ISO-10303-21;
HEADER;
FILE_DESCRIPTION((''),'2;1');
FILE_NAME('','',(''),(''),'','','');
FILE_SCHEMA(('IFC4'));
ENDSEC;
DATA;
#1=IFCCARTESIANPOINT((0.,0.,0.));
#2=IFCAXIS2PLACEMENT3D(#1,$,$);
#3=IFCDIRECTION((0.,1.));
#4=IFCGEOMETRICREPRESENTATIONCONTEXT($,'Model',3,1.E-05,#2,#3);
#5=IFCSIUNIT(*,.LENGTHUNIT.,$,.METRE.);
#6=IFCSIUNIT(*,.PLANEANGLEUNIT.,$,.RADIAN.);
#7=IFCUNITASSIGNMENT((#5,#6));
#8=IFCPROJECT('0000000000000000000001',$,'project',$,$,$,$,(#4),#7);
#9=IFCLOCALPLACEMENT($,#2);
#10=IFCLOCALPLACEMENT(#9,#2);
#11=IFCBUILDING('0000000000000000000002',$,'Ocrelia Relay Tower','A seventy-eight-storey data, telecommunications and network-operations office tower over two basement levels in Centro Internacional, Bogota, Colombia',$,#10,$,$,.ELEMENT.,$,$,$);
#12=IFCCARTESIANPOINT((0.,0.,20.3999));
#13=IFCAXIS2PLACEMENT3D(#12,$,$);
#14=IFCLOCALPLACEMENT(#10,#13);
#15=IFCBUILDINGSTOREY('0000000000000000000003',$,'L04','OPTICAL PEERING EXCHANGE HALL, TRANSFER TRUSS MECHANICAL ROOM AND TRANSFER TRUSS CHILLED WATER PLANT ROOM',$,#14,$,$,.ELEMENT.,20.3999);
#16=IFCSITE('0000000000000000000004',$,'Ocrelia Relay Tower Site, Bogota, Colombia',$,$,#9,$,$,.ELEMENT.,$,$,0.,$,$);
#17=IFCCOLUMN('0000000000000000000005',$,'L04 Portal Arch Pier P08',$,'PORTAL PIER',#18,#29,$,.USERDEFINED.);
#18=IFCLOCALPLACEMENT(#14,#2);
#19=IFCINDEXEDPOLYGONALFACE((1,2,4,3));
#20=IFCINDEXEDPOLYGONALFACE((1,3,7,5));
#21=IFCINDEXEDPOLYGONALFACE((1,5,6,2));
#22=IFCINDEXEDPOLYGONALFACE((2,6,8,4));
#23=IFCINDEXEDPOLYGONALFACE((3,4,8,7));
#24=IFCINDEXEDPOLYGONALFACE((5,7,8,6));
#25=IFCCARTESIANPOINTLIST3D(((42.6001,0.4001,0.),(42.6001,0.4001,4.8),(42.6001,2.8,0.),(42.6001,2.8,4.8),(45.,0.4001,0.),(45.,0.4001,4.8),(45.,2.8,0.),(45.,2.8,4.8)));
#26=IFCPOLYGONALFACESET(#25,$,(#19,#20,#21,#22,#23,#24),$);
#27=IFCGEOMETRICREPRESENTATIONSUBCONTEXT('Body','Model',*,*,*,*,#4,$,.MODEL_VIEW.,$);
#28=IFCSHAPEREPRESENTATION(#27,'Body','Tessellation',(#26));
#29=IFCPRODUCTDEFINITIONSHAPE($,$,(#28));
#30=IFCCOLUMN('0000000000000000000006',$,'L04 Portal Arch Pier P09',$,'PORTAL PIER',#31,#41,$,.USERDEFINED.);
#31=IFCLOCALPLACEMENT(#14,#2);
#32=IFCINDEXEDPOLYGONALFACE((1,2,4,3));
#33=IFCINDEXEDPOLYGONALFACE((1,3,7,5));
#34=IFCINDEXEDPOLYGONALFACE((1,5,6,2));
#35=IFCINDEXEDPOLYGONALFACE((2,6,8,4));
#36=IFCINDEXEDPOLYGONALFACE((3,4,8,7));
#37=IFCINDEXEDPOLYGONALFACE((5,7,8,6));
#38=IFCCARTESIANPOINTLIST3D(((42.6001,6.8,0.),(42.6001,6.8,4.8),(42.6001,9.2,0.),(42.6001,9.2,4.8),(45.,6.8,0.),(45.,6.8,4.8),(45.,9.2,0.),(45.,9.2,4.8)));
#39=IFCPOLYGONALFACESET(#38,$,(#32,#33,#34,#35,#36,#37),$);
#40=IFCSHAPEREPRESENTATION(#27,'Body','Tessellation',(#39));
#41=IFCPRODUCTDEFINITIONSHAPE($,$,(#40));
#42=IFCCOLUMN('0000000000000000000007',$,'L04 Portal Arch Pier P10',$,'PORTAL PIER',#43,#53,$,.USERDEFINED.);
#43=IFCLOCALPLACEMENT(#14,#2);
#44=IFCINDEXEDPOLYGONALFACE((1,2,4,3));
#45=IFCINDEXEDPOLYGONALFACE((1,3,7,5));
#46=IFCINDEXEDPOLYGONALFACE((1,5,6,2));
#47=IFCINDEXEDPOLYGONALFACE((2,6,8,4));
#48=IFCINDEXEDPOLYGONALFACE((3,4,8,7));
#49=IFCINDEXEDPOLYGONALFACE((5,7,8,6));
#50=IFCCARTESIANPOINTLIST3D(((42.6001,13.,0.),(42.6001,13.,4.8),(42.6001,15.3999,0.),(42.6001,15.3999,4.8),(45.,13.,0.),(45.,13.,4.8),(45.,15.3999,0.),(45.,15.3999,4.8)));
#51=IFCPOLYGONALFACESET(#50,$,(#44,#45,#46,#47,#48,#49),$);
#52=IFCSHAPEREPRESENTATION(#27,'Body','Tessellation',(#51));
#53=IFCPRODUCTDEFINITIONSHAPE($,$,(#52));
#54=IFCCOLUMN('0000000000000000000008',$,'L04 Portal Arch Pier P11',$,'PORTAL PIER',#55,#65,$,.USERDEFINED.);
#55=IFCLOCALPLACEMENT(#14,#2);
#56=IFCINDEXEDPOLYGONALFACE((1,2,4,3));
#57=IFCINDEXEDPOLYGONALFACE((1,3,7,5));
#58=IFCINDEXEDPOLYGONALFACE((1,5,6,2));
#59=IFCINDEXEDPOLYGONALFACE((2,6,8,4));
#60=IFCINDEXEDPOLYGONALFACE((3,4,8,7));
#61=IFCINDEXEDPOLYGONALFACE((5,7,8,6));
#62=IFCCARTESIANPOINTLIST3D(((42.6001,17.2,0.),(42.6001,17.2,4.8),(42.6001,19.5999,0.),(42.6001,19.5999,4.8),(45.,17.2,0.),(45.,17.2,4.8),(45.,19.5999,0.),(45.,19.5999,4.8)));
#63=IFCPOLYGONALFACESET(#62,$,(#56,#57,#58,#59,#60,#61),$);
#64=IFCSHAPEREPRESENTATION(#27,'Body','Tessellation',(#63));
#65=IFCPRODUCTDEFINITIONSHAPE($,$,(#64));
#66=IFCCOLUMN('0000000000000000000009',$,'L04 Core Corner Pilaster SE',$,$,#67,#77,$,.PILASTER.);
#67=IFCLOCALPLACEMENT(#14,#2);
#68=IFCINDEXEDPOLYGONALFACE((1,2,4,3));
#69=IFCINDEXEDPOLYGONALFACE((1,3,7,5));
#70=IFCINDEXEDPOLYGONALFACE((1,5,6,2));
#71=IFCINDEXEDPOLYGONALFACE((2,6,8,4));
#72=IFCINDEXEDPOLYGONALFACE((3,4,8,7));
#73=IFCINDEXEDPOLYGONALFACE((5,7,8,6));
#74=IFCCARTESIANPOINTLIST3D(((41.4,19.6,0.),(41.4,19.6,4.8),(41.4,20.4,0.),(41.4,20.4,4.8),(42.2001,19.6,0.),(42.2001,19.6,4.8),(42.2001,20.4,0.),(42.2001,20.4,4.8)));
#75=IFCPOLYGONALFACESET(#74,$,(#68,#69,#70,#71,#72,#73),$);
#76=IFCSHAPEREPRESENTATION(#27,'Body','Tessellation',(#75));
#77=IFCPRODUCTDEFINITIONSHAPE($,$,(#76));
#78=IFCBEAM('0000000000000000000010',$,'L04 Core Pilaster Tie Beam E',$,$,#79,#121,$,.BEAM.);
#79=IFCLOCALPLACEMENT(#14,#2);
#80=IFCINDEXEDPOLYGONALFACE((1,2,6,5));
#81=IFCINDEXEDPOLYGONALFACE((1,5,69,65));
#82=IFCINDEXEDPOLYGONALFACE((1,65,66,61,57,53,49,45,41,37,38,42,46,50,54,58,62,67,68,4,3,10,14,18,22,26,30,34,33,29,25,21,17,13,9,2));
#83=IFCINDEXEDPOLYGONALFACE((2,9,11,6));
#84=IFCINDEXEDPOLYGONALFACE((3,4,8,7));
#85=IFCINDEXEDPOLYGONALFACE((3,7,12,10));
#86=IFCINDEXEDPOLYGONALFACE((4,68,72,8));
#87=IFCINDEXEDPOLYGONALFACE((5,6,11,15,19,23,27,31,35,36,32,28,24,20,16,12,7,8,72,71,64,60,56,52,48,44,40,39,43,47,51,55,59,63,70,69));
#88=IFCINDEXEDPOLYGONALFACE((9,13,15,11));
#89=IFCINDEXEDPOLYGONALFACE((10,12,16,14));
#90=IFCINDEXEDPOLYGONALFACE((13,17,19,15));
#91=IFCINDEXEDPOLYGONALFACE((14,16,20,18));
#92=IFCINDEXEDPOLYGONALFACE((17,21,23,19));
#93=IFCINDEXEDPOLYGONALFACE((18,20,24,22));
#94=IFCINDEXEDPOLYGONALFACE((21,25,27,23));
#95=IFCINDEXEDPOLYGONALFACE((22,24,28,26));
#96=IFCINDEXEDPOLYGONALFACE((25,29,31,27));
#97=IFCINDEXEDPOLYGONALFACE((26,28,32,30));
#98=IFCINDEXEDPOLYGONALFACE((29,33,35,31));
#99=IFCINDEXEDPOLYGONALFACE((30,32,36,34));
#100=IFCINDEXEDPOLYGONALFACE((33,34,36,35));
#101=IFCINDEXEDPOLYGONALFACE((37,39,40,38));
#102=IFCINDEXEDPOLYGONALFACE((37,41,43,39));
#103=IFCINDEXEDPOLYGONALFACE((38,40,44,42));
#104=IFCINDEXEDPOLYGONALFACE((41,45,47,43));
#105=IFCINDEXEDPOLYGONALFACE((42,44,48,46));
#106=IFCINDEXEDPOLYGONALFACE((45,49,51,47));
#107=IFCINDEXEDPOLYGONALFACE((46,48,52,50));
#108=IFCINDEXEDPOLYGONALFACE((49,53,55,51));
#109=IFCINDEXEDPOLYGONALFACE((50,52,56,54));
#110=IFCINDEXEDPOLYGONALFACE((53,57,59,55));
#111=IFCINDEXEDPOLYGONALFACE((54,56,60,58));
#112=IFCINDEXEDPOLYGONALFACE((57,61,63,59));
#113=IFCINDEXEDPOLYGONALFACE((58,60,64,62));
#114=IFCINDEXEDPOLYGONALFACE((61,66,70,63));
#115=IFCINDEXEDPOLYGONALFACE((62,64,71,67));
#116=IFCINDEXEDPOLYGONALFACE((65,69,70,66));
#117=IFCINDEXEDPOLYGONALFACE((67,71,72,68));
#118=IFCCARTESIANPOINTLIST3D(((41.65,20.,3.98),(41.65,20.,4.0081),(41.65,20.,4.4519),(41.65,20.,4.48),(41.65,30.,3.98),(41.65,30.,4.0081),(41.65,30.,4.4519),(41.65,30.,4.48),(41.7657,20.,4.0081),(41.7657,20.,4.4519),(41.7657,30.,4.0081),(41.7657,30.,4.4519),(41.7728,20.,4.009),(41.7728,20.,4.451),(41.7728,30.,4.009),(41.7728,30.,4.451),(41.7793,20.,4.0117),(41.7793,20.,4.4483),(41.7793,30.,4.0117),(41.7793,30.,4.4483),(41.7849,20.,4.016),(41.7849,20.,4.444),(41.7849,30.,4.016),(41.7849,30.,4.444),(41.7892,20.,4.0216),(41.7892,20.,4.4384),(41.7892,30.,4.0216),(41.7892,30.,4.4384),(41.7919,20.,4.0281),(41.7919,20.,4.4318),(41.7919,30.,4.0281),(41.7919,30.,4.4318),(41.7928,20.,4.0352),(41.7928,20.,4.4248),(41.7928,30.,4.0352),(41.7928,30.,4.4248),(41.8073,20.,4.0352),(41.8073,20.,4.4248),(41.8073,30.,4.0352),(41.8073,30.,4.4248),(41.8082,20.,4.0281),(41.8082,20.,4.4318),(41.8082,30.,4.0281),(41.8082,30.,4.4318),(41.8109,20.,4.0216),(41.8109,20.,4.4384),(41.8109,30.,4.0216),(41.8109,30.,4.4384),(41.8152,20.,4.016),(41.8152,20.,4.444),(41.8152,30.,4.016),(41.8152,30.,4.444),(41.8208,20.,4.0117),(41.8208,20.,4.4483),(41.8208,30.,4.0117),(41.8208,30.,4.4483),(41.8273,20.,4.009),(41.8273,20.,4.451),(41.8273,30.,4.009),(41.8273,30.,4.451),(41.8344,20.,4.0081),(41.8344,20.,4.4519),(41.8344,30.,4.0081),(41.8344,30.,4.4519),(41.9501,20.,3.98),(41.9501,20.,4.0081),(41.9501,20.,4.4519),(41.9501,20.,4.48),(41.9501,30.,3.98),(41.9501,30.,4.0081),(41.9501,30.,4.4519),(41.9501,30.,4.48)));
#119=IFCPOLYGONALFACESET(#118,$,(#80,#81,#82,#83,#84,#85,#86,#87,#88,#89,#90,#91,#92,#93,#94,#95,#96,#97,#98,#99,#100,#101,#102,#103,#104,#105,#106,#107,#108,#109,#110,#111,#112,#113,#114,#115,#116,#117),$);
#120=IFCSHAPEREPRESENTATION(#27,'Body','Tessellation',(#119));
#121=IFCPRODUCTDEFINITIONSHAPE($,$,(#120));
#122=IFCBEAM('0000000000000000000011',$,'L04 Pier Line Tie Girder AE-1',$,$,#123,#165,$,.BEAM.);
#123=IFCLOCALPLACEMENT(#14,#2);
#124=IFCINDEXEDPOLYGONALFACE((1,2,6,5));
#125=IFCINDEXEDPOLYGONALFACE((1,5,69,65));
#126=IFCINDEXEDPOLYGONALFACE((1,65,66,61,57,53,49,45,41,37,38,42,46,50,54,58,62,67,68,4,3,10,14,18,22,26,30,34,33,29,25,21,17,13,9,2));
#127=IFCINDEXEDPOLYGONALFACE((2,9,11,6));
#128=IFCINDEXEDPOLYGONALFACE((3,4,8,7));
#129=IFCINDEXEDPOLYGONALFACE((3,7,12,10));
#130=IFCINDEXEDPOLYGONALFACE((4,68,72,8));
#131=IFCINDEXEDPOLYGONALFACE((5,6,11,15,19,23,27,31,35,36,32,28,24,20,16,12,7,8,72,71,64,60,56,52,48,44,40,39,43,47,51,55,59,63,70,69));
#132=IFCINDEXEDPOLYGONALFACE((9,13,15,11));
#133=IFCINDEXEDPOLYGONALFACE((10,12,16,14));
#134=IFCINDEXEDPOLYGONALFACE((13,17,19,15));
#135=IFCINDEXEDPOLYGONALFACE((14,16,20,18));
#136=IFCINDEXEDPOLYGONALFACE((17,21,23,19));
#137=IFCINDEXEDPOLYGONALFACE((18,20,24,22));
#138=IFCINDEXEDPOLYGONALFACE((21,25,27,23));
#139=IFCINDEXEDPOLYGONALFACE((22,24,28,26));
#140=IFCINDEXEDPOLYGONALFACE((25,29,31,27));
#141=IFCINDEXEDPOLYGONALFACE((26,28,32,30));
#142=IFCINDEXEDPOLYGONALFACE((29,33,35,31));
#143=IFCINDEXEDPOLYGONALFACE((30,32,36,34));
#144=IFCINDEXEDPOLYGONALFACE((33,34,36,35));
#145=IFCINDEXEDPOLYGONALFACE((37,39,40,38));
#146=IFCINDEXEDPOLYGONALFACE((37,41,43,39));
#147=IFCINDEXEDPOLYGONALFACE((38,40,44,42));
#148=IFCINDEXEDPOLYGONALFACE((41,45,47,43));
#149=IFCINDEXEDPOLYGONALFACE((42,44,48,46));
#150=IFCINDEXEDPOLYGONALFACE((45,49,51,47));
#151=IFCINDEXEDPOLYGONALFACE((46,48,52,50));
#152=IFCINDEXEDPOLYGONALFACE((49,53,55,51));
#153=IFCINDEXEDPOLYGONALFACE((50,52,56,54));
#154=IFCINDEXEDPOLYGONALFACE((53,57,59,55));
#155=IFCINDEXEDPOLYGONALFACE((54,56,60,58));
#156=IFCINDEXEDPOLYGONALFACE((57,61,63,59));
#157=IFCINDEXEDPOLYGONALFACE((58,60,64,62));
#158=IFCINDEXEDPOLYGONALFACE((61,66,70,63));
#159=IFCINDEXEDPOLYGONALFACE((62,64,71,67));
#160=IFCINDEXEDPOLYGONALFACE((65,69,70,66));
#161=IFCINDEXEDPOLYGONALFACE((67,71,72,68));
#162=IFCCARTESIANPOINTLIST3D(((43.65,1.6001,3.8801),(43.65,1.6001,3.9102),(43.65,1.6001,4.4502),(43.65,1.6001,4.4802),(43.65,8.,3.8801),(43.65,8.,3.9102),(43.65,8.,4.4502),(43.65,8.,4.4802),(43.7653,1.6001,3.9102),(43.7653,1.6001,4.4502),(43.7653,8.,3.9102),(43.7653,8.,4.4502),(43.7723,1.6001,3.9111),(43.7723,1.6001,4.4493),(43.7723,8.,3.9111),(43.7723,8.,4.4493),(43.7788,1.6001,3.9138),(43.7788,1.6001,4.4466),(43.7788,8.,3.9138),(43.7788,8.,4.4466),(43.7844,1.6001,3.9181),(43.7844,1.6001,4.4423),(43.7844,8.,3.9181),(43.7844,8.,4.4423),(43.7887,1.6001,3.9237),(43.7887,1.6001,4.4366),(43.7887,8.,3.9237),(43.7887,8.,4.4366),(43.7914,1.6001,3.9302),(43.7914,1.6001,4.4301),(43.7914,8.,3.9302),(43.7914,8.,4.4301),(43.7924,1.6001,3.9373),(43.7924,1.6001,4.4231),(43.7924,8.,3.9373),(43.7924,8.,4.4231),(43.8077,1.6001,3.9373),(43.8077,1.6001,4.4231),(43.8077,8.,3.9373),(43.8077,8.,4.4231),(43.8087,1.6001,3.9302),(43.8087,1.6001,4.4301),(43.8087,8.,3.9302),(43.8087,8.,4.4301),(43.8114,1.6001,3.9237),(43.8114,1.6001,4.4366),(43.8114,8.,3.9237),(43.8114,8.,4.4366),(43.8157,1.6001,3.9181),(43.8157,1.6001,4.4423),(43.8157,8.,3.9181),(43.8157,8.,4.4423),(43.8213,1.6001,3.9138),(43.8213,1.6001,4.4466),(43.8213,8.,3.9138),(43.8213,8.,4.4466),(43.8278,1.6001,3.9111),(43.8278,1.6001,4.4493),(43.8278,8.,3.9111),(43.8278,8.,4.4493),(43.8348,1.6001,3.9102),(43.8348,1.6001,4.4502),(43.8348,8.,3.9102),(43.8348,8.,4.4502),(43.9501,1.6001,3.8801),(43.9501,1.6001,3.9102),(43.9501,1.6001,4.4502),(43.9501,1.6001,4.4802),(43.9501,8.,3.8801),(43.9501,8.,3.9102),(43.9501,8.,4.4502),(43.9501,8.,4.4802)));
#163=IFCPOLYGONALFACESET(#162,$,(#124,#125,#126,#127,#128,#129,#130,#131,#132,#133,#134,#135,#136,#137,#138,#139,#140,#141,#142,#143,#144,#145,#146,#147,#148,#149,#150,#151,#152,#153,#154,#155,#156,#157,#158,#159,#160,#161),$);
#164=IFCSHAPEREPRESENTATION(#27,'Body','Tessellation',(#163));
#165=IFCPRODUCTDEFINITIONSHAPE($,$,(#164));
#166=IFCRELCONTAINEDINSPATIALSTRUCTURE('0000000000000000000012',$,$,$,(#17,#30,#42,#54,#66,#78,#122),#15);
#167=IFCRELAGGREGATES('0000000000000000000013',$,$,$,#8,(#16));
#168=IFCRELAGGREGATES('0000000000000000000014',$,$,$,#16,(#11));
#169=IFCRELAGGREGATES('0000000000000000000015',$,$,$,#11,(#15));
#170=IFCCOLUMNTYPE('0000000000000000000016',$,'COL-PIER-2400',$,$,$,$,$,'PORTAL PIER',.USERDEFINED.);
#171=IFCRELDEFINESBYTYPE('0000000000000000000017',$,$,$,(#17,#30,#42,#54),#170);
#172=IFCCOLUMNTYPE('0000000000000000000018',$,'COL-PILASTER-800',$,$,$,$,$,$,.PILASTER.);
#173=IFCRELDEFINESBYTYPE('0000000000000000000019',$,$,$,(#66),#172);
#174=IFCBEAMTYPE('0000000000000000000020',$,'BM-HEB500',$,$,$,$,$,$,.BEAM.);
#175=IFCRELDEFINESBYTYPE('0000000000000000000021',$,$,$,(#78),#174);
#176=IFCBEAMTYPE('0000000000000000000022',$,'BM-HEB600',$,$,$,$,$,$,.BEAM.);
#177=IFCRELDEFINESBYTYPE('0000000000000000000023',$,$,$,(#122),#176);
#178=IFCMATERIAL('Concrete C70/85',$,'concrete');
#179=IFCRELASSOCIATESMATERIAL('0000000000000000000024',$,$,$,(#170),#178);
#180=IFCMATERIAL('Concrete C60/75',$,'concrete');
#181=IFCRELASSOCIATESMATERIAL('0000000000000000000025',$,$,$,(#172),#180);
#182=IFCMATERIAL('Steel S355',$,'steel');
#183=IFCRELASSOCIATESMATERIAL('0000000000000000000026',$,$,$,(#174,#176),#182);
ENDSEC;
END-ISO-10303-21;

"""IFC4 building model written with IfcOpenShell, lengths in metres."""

from ifc_helpers import new_model, si_unit, direction, frame, origin, origin_2d, place, context, subcontext, project, spatial, rectangle, i_section, extrude, material, material_profile, profile_set, type_object, element, save


model = new_model("IFC4")

# Units and contexts
model_context = context("Model", 3, precision=1e-05, world=origin(), true_north=direction((0.0, 1.0)))
body_context = subcontext(model_context, "Body", "Model", "MODEL_VIEW")
ifc_project = project(units=[si_unit("LENGTHUNIT", "METRE"), si_unit("PLANEANGLEUNIT", "RADIAN")], contexts=[model_context])

# Site, building, storey
site_placement = place(None, origin())
site = spatial("IfcSite", under=ifc_project, at=site_placement, Name="Ocrelia Relay Tower Site, Bogota, Colombia", CompositionType="ELEMENT", RefElevation=0.0)
building_placement = place(site_placement, origin())
building = spatial("IfcBuilding", under=site, at=building_placement, Name="Ocrelia Relay Tower", Description="A seventy-eight-storey data, telecommunications and network-operations office tower over two basement levels in Centro Internacional, Bogota, Colombia", CompositionType="ELEMENT")
storey_placement = place(building_placement, frame((0.0, 0.0, 20.3999)))
storey = spatial("IfcBuildingStorey", under=building, at=storey_placement, Name="L04", Description="OPTICAL PEERING EXCHANGE HALL, TRANSFER TRUSS MECHANICAL ROOM AND TRANSFER TRUSS CHILLED WATER PLANT ROOM", CompositionType="ELEMENT", Elevation=20.3999)

# Columns
ifc_material_1 = material(Name="Concrete C70/85", Category="concrete")
ifc_material_profile_1 = material_profile(ifc_material_1, rectangle(XDim=2.3999, YDim=2.3999, at=origin_2d()), Name="RC-PIER-2400x2400")
ifc_profile_set_1 = profile_set([ifc_material_profile_1], Name="Concrete C70/85")
column_type_1 = type_object("IfcColumnType", Name="COL-PIER-2400", ElementType="PORTAL PIER", PredefinedType="USERDEFINED", material=ifc_profile_set_1)
for number, where, z_axis, x_axis, name in (
    (1, (43.8, 1.6001, 0.0), (0.0, 0.0, 1.0), (1.0, 0.0, 0.0), "L04 Portal Arch Pier P08"),
    (2, (43.8, 8.0, 0.0), (0.0, 0.0, 1.0), (1.0, 0.0, 0.0), "L04 Portal Arch Pier P09"),
    (3, (43.8, 14.2, 0.0), (0.0, 0.0, 1.0), (1.0, 0.0, 0.0), "L04 Portal Arch Pier P10"),
    (4, (43.8, 18.3999, 0.0), (0.0, 0.0, 1.0), (1.0, 0.0, 0.0), "L04 Portal Arch Pier P11"),
):
    element("IfcColumn", number, at=place(storey_placement, frame(where, z_axis=z_axis, x_axis=x_axis)), inside=storey, type_object=column_type_1, Name=name, ObjectType="PORTAL PIER", PredefinedType="USERDEFINED", context=body_context, shape_type="SweptSolid", body=[
        extrude(rectangle(XDim=2.3999, YDim=2.3999, at=origin_2d()), origin(), (0.0, 0.0, 1.0), 4.8),
    ])
ifc_material_2 = material(Name="Concrete C60/75", Category="concrete")
ifc_material_profile_2 = material_profile(ifc_material_2, rectangle(XDim=0.8, YDim=0.8, at=origin_2d()), Name="RC-COL-800x800")
ifc_profile_set_2 = profile_set([ifc_material_profile_2], Name="Concrete C60/75")
column_type_2 = type_object("IfcColumnType", Name="COL-PILASTER-800", PredefinedType="PILASTER", material=ifc_profile_set_2)
column_placement = place(storey_placement, frame((41.8, 20.0, 0.0), z_axis=(0.0, 0.0, 1.0), x_axis=(1.0, 0.0, 0.0)))
element("IfcColumn", 5, at=column_placement, inside=storey, type_object=column_type_2, Name="L04 Core Corner Pilaster SE", PredefinedType="PILASTER", context=body_context, shape_type="SweptSolid", body=[
    extrude(rectangle(XDim=0.8, YDim=0.8, at=origin_2d()), origin(), (0.0, 0.0, 1.0), 4.8),
])

# Beams
ifc_material_3 = material(Name="Steel S355", Category="steel")
ifc_material_profile_3 = material_profile(ifc_material_3, i_section(OverallWidth=0.3, OverallDepth=0.5, WebThickness=0.0144, FlangeThickness=0.0281, FilletRadius=0.0271, at=origin_2d()), Name="HEB 500")
ifc_profile_set_3 = profile_set([ifc_material_profile_3], Name="Steel S355")
beam_type_1 = type_object("IfcBeamType", Name="BM-HEB500", PredefinedType="BEAM", material=ifc_profile_set_3)
beam_1_placement = place(storey_placement, frame((41.8, 20.0, 4.23), z_axis=(0.0, 1.0, 0.0), x_axis=(-1.0, 0.0, 0.0)))
element("IfcBeam", 6, at=beam_1_placement, inside=storey, type_object=beam_type_1, Name="L04 Core Pilaster Tie Beam E", PredefinedType="BEAM", context=body_context, shape_type="SweptSolid", body=[
    extrude(i_section(OverallWidth=0.3, OverallDepth=0.5, WebThickness=0.0144, FlangeThickness=0.0281, FilletRadius=0.0271, at=origin_2d()), origin(), (0.0, 0.0, 1.0), 10.0),
])
ifc_material_profile_4 = material_profile(ifc_material_3, i_section(OverallWidth=0.3, OverallDepth=0.6001, WebThickness=0.0154, FlangeThickness=0.03, FilletRadius=0.0271, at=origin_2d()), Name="HEB 600")
ifc_profile_set_4 = profile_set([ifc_material_profile_4], Name="Steel S355")
beam_type_2 = type_object("IfcBeamType", Name="BM-HEB600", PredefinedType="BEAM", material=ifc_profile_set_4)
beam_2_placement = place(storey_placement, frame((43.8, 1.6001, 4.1802), z_axis=(0.0, 1.0, 0.0), x_axis=(-1.0, 0.0, 0.0)))
element("IfcBeam", 7, at=beam_2_placement, inside=storey, type_object=beam_type_2, Name="L04 Pier Line Tie Girder AE-1", PredefinedType="BEAM", context=body_context, shape_type="SweptSolid", body=[
    extrude(i_section(OverallWidth=0.3, OverallDepth=0.6001, WebThickness=0.0154, FlangeThickness=0.03, FilletRadius=0.0271, at=origin_2d()), origin(), (0.0, 0.0, 1.0), 6.3999),
])

save(model, "model.ifc")
